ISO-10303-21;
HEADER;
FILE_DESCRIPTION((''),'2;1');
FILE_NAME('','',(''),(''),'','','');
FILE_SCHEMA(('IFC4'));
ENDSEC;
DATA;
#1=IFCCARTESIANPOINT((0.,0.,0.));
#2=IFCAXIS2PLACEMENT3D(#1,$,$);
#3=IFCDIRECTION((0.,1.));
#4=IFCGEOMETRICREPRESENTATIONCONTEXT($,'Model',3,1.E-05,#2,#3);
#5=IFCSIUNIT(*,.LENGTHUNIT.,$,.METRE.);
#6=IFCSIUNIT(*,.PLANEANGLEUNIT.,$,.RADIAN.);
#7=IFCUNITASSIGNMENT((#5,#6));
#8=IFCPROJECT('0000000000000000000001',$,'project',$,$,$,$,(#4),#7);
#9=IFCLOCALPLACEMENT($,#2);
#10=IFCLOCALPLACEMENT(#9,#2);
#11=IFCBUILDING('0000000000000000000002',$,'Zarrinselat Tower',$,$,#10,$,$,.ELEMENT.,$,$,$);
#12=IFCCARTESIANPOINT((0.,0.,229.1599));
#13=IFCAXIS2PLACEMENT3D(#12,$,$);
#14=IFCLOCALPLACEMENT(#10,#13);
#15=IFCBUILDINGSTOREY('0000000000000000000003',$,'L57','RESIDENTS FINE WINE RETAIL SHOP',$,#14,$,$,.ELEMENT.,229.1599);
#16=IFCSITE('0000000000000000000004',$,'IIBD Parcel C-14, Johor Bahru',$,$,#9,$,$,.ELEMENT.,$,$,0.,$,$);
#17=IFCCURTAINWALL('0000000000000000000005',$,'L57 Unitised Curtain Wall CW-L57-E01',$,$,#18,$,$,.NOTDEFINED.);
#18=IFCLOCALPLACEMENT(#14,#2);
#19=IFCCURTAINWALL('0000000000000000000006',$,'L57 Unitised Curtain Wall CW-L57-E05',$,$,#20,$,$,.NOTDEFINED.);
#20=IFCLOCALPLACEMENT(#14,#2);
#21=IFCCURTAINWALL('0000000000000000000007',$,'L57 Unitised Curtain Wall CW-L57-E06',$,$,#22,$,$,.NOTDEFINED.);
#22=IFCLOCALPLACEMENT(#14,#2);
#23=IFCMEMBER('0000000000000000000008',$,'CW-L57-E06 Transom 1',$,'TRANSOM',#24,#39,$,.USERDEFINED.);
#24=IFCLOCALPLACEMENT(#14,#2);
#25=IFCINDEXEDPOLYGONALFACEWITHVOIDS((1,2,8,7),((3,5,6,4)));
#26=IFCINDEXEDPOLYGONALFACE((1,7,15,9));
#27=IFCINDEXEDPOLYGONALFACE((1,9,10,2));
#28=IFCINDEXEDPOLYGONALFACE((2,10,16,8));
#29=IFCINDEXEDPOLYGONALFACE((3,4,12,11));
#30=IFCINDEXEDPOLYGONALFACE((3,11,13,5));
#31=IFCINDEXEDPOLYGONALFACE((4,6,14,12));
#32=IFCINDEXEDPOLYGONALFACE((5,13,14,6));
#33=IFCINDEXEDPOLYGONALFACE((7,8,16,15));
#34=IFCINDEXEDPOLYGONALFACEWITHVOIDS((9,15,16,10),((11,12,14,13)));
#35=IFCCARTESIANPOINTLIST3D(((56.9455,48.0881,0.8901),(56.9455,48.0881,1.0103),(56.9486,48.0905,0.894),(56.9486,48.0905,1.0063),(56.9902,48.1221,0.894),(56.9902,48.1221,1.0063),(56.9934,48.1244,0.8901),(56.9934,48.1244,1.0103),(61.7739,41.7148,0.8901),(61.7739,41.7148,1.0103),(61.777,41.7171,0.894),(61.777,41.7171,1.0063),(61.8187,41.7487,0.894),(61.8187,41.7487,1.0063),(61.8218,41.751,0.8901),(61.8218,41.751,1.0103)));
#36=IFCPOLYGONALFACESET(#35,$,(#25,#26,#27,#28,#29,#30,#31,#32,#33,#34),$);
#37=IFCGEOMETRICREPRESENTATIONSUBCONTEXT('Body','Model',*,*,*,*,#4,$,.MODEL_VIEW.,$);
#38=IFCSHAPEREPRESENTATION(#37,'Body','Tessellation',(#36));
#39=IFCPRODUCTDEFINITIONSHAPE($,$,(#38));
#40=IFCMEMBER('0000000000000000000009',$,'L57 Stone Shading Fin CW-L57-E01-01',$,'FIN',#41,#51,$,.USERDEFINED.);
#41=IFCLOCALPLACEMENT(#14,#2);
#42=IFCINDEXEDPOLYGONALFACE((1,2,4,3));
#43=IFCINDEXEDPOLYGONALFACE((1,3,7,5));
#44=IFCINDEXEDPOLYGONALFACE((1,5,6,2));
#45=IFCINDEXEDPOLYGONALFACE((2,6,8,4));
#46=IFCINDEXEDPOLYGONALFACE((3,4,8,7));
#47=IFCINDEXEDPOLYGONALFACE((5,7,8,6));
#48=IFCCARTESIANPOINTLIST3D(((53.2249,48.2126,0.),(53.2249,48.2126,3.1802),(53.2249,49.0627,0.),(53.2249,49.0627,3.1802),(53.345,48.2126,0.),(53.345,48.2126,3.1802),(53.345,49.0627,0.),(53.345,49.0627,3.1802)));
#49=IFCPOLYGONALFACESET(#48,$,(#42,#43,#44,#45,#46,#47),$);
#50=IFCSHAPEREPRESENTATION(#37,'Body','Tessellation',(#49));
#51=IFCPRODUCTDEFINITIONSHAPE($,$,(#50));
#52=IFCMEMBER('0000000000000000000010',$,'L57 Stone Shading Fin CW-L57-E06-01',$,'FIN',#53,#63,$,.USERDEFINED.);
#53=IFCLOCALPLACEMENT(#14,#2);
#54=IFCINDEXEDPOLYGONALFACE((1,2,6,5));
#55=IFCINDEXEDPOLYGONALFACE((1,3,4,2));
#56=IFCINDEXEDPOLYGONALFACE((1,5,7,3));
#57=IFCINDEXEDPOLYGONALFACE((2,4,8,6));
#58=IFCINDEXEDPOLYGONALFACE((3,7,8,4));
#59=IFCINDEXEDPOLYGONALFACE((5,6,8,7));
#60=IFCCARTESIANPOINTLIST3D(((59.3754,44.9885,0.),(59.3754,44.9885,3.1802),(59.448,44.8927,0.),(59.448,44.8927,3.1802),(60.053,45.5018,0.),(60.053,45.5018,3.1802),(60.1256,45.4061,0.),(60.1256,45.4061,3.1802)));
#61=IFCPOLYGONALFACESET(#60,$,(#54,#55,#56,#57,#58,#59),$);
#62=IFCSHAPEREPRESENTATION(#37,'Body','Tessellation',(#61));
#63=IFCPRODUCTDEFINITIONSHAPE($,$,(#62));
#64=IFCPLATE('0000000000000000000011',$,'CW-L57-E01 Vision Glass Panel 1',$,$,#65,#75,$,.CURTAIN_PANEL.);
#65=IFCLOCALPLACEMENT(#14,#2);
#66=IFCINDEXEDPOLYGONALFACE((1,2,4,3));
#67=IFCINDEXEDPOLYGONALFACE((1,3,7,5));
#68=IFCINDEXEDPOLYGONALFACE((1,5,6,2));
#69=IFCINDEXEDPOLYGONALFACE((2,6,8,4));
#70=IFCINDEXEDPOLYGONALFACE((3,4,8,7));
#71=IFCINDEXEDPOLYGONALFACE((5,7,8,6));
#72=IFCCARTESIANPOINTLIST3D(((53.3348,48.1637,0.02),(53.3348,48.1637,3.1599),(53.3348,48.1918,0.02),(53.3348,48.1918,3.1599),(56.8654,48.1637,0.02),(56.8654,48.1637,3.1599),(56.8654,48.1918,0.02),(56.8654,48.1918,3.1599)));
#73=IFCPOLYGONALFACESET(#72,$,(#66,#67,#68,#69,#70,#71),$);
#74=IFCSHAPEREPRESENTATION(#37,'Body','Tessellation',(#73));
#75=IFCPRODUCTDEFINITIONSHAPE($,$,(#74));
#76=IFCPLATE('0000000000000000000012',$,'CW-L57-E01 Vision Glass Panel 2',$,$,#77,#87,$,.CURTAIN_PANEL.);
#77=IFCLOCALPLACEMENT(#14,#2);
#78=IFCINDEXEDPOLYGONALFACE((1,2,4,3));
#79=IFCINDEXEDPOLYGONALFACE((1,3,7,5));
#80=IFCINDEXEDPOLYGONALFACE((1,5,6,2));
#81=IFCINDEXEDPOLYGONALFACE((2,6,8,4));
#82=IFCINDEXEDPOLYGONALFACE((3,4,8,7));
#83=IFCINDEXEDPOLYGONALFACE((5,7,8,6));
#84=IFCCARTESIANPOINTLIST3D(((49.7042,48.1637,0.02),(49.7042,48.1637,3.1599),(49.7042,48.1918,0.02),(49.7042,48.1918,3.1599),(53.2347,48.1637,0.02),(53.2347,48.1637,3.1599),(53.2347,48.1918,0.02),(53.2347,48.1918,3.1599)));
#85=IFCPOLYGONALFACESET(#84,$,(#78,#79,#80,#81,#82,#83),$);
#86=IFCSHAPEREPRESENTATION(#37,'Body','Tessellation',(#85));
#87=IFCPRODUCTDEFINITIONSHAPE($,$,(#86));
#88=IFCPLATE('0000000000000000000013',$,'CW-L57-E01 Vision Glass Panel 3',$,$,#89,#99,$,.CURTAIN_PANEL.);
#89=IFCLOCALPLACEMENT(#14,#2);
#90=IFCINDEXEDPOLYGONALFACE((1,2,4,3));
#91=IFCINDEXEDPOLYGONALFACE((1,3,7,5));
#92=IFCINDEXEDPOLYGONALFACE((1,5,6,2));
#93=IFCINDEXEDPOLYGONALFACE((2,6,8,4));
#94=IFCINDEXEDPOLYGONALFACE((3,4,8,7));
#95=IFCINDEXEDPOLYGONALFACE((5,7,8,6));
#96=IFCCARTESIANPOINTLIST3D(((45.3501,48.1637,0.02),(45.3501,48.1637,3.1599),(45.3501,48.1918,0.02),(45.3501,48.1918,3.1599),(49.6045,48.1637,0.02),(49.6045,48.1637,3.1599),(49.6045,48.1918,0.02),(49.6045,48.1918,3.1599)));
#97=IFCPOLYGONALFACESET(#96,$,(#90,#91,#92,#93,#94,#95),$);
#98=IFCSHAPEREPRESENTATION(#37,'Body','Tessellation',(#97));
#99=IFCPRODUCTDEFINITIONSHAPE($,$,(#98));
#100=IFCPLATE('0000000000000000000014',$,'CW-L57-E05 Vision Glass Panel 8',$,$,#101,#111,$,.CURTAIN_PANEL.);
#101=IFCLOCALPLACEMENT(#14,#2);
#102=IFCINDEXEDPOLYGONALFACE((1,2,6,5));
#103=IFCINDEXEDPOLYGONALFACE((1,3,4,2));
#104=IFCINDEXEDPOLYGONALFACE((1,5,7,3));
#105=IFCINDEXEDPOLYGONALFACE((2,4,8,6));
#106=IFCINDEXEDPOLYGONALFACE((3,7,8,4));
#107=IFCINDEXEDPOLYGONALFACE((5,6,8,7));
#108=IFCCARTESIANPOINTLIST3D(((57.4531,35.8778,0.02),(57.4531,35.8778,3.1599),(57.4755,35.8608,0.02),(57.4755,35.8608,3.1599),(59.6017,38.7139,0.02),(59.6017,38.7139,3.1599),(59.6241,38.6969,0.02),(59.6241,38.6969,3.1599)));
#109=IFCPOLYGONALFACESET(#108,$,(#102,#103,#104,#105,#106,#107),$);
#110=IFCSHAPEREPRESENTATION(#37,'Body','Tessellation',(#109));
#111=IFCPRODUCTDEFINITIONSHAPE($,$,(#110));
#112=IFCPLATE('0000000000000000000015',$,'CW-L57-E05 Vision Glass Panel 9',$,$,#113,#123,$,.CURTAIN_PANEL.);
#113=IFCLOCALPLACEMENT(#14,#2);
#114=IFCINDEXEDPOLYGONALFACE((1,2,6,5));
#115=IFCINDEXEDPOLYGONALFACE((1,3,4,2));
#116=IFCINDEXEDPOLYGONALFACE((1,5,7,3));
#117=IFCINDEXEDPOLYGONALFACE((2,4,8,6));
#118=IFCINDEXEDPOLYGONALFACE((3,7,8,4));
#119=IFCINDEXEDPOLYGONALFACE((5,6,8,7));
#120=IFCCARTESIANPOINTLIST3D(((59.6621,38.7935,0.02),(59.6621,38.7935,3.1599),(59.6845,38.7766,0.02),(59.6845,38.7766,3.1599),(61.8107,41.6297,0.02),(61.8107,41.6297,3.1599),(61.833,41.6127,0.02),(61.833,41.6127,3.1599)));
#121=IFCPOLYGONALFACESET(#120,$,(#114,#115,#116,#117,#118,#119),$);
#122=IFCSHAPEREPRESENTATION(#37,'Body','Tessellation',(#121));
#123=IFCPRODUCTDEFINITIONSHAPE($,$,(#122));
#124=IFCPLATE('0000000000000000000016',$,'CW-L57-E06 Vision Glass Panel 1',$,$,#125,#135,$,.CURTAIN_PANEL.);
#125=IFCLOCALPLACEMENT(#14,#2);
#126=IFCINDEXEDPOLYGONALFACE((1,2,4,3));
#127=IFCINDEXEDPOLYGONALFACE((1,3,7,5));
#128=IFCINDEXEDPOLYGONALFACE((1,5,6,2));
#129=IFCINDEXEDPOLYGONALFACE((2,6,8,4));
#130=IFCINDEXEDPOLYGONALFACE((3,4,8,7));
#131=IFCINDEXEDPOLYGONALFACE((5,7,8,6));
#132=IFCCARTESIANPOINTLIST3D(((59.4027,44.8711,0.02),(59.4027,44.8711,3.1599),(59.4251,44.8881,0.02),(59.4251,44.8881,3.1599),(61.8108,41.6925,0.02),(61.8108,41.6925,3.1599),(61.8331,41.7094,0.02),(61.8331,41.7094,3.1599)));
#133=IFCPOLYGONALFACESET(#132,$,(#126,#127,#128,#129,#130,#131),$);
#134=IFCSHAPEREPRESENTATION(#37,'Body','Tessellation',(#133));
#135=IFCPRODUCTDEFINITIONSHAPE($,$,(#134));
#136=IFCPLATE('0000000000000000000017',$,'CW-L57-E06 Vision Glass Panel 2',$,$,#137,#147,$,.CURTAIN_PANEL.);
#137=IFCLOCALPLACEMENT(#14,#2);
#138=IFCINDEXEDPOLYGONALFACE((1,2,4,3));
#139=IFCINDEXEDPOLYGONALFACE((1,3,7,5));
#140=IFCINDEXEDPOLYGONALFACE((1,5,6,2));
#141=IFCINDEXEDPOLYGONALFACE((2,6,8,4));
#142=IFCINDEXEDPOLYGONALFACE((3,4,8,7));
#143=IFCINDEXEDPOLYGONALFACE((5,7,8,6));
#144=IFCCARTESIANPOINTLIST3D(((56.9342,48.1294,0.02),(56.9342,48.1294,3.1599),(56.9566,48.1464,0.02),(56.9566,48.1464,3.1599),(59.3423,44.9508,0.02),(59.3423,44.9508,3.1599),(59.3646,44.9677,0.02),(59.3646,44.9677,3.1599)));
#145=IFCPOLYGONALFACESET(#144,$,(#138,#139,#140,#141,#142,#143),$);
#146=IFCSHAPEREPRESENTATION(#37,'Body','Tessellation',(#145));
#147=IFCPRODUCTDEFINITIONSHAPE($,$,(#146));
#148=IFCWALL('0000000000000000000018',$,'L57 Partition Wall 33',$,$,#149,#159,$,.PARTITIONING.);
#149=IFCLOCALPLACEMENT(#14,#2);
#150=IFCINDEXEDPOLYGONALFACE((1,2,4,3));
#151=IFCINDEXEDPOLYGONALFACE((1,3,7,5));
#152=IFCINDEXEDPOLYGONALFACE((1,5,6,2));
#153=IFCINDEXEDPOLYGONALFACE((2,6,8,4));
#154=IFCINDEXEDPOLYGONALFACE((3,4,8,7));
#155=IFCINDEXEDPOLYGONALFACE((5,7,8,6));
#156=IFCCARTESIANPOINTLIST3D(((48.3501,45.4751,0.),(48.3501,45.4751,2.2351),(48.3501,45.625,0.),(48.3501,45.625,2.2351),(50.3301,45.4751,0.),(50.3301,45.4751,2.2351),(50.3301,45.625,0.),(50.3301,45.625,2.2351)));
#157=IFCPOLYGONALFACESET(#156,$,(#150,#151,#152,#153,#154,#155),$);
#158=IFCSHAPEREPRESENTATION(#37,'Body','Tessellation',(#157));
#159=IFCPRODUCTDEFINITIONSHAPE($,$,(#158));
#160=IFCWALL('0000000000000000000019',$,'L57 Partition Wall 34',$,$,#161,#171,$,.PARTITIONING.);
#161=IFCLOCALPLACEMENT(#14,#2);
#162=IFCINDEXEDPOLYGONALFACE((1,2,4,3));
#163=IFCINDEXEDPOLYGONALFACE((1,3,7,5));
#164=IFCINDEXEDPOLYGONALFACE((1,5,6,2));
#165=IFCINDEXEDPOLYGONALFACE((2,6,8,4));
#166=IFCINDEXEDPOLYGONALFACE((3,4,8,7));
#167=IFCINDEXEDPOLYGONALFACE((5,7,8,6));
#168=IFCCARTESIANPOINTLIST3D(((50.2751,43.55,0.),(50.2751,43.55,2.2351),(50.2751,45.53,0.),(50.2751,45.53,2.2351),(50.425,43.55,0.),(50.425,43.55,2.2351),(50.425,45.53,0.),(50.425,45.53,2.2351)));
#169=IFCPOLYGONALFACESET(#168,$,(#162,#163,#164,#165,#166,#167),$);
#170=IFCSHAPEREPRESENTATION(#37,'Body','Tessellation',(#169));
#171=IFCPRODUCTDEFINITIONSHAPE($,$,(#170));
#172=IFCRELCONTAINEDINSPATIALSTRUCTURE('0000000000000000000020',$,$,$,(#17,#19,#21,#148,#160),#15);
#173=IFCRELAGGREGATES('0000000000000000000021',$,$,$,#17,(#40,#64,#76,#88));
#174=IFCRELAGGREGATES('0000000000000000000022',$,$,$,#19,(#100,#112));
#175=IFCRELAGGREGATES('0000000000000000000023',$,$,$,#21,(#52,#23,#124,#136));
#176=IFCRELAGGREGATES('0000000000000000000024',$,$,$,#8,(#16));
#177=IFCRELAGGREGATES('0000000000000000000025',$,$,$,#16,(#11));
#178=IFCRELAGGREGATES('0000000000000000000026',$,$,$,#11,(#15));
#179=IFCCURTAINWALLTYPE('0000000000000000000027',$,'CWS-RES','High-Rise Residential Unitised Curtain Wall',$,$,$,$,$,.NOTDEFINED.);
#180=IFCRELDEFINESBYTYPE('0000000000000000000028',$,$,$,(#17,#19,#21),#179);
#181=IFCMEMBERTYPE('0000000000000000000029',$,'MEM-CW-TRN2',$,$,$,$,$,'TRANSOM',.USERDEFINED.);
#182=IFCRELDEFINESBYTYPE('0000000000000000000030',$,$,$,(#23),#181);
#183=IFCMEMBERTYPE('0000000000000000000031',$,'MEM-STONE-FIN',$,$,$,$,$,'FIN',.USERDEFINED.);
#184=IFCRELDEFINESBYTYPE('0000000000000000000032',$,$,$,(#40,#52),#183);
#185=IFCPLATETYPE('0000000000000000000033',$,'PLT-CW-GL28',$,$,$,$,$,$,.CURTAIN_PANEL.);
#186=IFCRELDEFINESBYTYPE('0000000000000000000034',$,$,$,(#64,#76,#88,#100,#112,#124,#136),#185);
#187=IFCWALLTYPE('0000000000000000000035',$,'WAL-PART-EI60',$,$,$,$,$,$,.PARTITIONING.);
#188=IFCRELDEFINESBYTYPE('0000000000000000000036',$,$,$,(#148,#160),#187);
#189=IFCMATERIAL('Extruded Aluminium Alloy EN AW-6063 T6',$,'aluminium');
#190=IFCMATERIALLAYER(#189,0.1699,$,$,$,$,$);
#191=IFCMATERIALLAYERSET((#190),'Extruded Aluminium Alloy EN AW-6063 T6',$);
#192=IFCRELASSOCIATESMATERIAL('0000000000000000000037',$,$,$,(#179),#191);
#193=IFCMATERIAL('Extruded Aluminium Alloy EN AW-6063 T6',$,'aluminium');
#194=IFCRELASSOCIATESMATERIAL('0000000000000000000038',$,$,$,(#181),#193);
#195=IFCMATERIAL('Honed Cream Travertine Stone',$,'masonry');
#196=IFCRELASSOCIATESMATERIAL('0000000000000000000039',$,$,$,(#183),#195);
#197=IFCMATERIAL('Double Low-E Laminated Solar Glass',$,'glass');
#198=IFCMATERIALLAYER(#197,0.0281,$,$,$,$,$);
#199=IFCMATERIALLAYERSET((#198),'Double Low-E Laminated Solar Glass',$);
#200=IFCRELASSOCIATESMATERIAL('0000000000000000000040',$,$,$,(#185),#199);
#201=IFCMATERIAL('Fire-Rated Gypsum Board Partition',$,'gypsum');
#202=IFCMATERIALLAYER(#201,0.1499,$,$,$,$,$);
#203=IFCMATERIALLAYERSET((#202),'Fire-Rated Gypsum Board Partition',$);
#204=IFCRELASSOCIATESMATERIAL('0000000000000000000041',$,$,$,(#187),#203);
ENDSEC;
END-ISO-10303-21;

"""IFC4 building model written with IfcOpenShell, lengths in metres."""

from ifc_helpers import new_model, si_unit, direction, frame, frame_2d, origin, origin_2d, place, context, subcontext, project, spatial, rectangle, hollow_rectangle, extrude, material, layer, layer_set, material_profile, profile_set, type_object, element, aggregate, save


model = new_model("IFC4")

# Units and contexts
model_context = context("Model", 3, precision=1e-05, world=origin(), true_north=direction((0.0, 1.0)))
body_context = subcontext(model_context, "Body", "Model", "MODEL_VIEW")
ifc_project = project(units=[si_unit("LENGTHUNIT", "METRE"), si_unit("PLANEANGLEUNIT", "RADIAN")], contexts=[model_context])

# Site, building, storey
site_placement = place(None, origin())
site = spatial("IfcSite", under=ifc_project, at=site_placement, Name="IIBD Parcel C-14, Johor Bahru", CompositionType="ELEMENT", RefElevation=0.0)
building_placement = place(site_placement, origin())
building = spatial("IfcBuilding", under=site, at=building_placement, Name="Zarrinselat Tower", CompositionType="ELEMENT")
storey_placement = place(building_placement, frame((0.0, 0.0, 229.1599)))
storey = spatial("IfcBuildingStorey", under=building, at=storey_placement, Name="L57", Description="RESIDENTS FINE WINE RETAIL SHOP", CompositionType="ELEMENT", Elevation=229.1599)

# Curtain walls
ifc_material_1 = material(Name="Extruded Aluminium Alloy EN AW-6063 T6", Category="aluminium")
ifc_layer_1 = layer(ifc_material_1, 0.1699)
ifc_layer_set_1 = layer_set([ifc_layer_1], Name="Extruded Aluminium Alloy EN AW-6063 T6")
curtain_wall_type = type_object("IfcCurtainWallType", Name="CWS-RES", Description="High-Rise Residential Unitised Curtain Wall", PredefinedType="NOTDEFINED", material=ifc_layer_set_1)
curtain_wall_1_placement = place(storey_placement, origin())
curtain_wall_1 = element("IfcCurtainWall", 1, at=curtain_wall_1_placement, inside=storey, type_object=curtain_wall_type, Name="L57 Unitised Curtain Wall CW-L57-E01", PredefinedType="NOTDEFINED")
curtain_wall_2_placement = place(storey_placement, origin())
curtain_wall_2 = element("IfcCurtainWall", 2, at=curtain_wall_2_placement, inside=storey, type_object=curtain_wall_type, Name="L57 Unitised Curtain Wall CW-L57-E05", PredefinedType="NOTDEFINED")

# Curtain wall
curtain_wall_3_placement = place(storey_placement, origin())
curtain_wall_3 = element("IfcCurtainWall", 3, at=curtain_wall_3_placement, inside=storey, type_object=curtain_wall_type, Name="L57 Unitised Curtain Wall CW-L57-E06", PredefinedType="NOTDEFINED")

# Members
ifc_material_2 = material(Name="Extruded Aluminium Alloy EN AW-6063 T6", Category="aluminium")
ifc_material_profile_1 = material_profile(ifc_material_2, hollow_rectangle(XDim=0.0601, YDim=0.1201, WallThickness=0.0039, at=origin_2d()), Name="RHS 120x60x4")
ifc_profile_set_1 = profile_set([ifc_material_profile_1], Name="Extruded Aluminium Alloy EN AW-6063 T6")
member_type_1 = type_object("IfcMemberType", Name="MEM-CW-TRN2", ElementType="TRANSOM", PredefinedType="USERDEFINED", material=ifc_profile_set_1)
member_1_placement = place(storey_placement, frame((61.7979, 41.7329, 0.9502), z_axis=(-0.603867, 0.797085, 0.0), x_axis=(-0.797085, -0.603867, 0.0)))
member_1 = element("IfcMember", 4, at=member_1_placement, type_object=member_type_1, Name="CW-L57-E06 Transom 1", ObjectType="TRANSOM", PredefinedType="USERDEFINED", context=body_context, shape_type="SweptSolid", body=[
    extrude(hollow_rectangle(XDim=0.0601, YDim=0.1201, WallThickness=0.0039, at=origin_2d()), origin(), (0.0, 0.0, 1.0), 7.9958),
])
ifc_material_3 = material(Name="Honed Cream Travertine Stone", Category="masonry")
ifc_material_profile_2 = material_profile(ifc_material_3, rectangle(XDim=0.1201, YDim=0.8501, at=origin_2d()), Name="FIN 850x120")
ifc_profile_set_2 = profile_set([ifc_material_profile_2], Name="Honed Cream Travertine Stone")
member_type_2 = type_object("IfcMemberType", Name="MEM-STONE-FIN", ElementType="FIN", PredefinedType="USERDEFINED", material=ifc_profile_set_2)
member_2_placement = place(storey_placement, frame((53.2849, 48.6377, 0.0), z_axis=(0.0, 0.0, 1.0), x_axis=(1.0, 0.0, 0.0)))
member_2 = element("IfcMember", 5, at=member_2_placement, type_object=member_type_2, Name="L57 Stone Shading Fin CW-L57-E01-01", ObjectType="FIN", PredefinedType="USERDEFINED", context=body_context, shape_type="SweptSolid", body=[
    extrude(rectangle(XDim=0.1201, YDim=0.8501, at=origin_2d()), origin(), (0.0, 0.0, 1.0), 3.1802),
])
member_3_placement = place(storey_placement, frame((59.7505, 45.1973, 0.0), z_axis=(0.0, 0.0, 1.0), x_axis=(0.603858, -0.797092, 0.0)))
member_3 = element("IfcMember", 6, at=member_3_placement, type_object=member_type_2, Name="L57 Stone Shading Fin CW-L57-E06-01", ObjectType="FIN", PredefinedType="USERDEFINED", context=body_context, shape_type="SweptSolid", body=[
    extrude(rectangle(XDim=0.1201, YDim=0.8501, at=origin_2d()), origin(), (0.0, 0.0, 1.0), 3.1802),
])

# Plates
ifc_material_4 = material(Name="Double Low-E Laminated Solar Glass", Category="glass")
ifc_layer_2 = layer(ifc_material_4, 0.0281)
ifc_layer_set_2 = layer_set([ifc_layer_2], Name="Double Low-E Laminated Solar Glass")
plate_type = type_object("IfcPlateType", Name="PLT-CW-GL28", PredefinedType="CURTAIN_PANEL", material=ifc_layer_set_2)
plate_1_placement = place(storey_placement, frame((55.1001, 48.1777, 0.02), z_axis=(0.0, 0.0, 1.0), x_axis=(-1.0, 0.0, 0.0)))
plate_1 = element("IfcPlate", 7, at=plate_1_placement, type_object=plate_type, Name="CW-L57-E01 Vision Glass Panel 1", PredefinedType="CURTAIN_PANEL", context=body_context, shape_type="SweptSolid", body=[
    extrude(rectangle(XDim=3.5305, YDim=0.0281, at=origin_2d()), origin(), (0.0, 0.0, 1.0), 3.1399),
])
plate_2_placement = place(storey_placement, frame((51.4695, 48.1777, 0.02), z_axis=(0.0, 0.0, 1.0), x_axis=(-1.0, 0.0, 0.0)))
plate_2 = element("IfcPlate", 8, at=plate_2_placement, type_object=plate_type, Name="CW-L57-E01 Vision Glass Panel 2", PredefinedType="CURTAIN_PANEL", context=body_context, shape_type="SweptSolid", body=[
    extrude(rectangle(XDim=3.5305, YDim=0.0281, at=origin_2d()), origin(), (0.0, 0.0, 1.0), 3.1399),
])
plate_3_placement = place(storey_placement, frame((47.4773, 48.1777, 0.02), z_axis=(0.0, 0.0, 1.0), x_axis=(-1.0, 0.0, 0.0)))
plate_3 = element("IfcPlate", 9, at=plate_3_placement, type_object=plate_type, Name="CW-L57-E01 Vision Glass Panel 3", PredefinedType="CURTAIN_PANEL", context=body_context, shape_type="SweptSolid", body=[
    extrude(rectangle(XDim=4.2544, YDim=0.0281, at=origin_2d()), origin(), (0.0, 0.0, 1.0), 3.1399),
])
aggregate(curtain_wall_1, [member_2, plate_1, plate_2, plate_3])
plate_4_placement = place(storey_placement, frame((58.5386, 37.2874, 0.02), z_axis=(0.0, 0.0, 1.0), x_axis=(0.603859, 0.797091, 0.0)))
plate_4 = element("IfcPlate", 10, at=plate_4_placement, type_object=plate_type, Name="CW-L57-E05 Vision Glass Panel 8", PredefinedType="CURTAIN_PANEL", context=body_context, shape_type="SweptSolid", body=[
    extrude(rectangle(XDim=3.5581, YDim=0.0281, at=origin_2d()), origin(), (0.0, 0.0, 1.0), 3.1399),
])
plate_5_placement = place(storey_placement, frame((60.7476, 40.2031, 0.02), z_axis=(0.0, 0.0, 1.0), x_axis=(0.603859, 0.797091, 0.0)))
plate_5 = element("IfcPlate", 11, at=plate_5_placement, type_object=plate_type, Name="CW-L57-E05 Vision Glass Panel 9", PredefinedType="CURTAIN_PANEL", context=body_context, shape_type="SweptSolid", body=[
    extrude(rectangle(XDim=3.5581, YDim=0.0281, at=origin_2d()), origin(), (0.0, 0.0, 1.0), 3.1399),
])
aggregate(curtain_wall_2, [plate_4, plate_5])
plate_6_placement = place(storey_placement, frame((60.6179, 43.2903, 0.02), z_axis=(0.0, 0.0, 1.0), x_axis=(-0.603858, 0.797092, 0.0)))
plate_6 = element("IfcPlate", 12, at=plate_6_placement, type_object=plate_type, Name="CW-L57-E06 Vision Glass Panel 1", PredefinedType="CURTAIN_PANEL", context=body_context, shape_type="SweptSolid", body=[
    extrude(rectangle(XDim=3.9878, YDim=0.0281, at=origin_2d()), origin(), (0.0, 0.0, 1.0), 3.1399),
])
plate_7_placement = place(storey_placement, frame((58.1494, 46.5486, 0.02), z_axis=(0.0, 0.0, 1.0), x_axis=(-0.603858, 0.797092, 0.0)))
plate_7 = element("IfcPlate", 13, at=plate_7_placement, type_object=plate_type, Name="CW-L57-E06 Vision Glass Panel 2", PredefinedType="CURTAIN_PANEL", context=body_context, shape_type="SweptSolid", body=[
    extrude(rectangle(XDim=3.9878, YDim=0.0281, at=origin_2d()), origin(), (0.0, 0.0, 1.0), 3.1399),
])
aggregate(curtain_wall_3, [member_3, member_1, plate_6, plate_7])

# Walls
ifc_material_5 = material(Name="Fire-Rated Gypsum Board Partition", Category="gypsum")
ifc_layer_3 = layer(ifc_material_5, 0.1499)
ifc_layer_set_3 = layer_set([ifc_layer_3], Name="Fire-Rated Gypsum Board Partition")
wall_type = type_object("IfcWallType", Name="WAL-PART-EI60", PredefinedType="PARTITIONING", material=ifc_layer_set_3)
for number, where, z_axis, x_axis, name in (
    (14, (48.3501, 45.55, 0.0), (0.0, 0.0, 1.0), (1.0, 0.0, 0.0), "L57 Partition Wall 33"),
    (15, (50.3501, 43.55, 0.0), (0.0, 0.0, 1.0), (0.0, 1.0, 0.0), "L57 Partition Wall 34"),
):
    element("IfcWall", number, at=place(storey_placement, frame(where, z_axis=z_axis, x_axis=x_axis)), inside=storey, type_object=wall_type, Name=name, PredefinedType="PARTITIONING", context=body_context, shape_type="SweptSolid", body=[
        extrude(rectangle(XDim=1.98, YDim=0.1499, at=frame_2d((0.99, 0.0))), origin(), (0.0, 0.0, 1.0), 2.2351),
    ])

save(model, "model.ifc")
